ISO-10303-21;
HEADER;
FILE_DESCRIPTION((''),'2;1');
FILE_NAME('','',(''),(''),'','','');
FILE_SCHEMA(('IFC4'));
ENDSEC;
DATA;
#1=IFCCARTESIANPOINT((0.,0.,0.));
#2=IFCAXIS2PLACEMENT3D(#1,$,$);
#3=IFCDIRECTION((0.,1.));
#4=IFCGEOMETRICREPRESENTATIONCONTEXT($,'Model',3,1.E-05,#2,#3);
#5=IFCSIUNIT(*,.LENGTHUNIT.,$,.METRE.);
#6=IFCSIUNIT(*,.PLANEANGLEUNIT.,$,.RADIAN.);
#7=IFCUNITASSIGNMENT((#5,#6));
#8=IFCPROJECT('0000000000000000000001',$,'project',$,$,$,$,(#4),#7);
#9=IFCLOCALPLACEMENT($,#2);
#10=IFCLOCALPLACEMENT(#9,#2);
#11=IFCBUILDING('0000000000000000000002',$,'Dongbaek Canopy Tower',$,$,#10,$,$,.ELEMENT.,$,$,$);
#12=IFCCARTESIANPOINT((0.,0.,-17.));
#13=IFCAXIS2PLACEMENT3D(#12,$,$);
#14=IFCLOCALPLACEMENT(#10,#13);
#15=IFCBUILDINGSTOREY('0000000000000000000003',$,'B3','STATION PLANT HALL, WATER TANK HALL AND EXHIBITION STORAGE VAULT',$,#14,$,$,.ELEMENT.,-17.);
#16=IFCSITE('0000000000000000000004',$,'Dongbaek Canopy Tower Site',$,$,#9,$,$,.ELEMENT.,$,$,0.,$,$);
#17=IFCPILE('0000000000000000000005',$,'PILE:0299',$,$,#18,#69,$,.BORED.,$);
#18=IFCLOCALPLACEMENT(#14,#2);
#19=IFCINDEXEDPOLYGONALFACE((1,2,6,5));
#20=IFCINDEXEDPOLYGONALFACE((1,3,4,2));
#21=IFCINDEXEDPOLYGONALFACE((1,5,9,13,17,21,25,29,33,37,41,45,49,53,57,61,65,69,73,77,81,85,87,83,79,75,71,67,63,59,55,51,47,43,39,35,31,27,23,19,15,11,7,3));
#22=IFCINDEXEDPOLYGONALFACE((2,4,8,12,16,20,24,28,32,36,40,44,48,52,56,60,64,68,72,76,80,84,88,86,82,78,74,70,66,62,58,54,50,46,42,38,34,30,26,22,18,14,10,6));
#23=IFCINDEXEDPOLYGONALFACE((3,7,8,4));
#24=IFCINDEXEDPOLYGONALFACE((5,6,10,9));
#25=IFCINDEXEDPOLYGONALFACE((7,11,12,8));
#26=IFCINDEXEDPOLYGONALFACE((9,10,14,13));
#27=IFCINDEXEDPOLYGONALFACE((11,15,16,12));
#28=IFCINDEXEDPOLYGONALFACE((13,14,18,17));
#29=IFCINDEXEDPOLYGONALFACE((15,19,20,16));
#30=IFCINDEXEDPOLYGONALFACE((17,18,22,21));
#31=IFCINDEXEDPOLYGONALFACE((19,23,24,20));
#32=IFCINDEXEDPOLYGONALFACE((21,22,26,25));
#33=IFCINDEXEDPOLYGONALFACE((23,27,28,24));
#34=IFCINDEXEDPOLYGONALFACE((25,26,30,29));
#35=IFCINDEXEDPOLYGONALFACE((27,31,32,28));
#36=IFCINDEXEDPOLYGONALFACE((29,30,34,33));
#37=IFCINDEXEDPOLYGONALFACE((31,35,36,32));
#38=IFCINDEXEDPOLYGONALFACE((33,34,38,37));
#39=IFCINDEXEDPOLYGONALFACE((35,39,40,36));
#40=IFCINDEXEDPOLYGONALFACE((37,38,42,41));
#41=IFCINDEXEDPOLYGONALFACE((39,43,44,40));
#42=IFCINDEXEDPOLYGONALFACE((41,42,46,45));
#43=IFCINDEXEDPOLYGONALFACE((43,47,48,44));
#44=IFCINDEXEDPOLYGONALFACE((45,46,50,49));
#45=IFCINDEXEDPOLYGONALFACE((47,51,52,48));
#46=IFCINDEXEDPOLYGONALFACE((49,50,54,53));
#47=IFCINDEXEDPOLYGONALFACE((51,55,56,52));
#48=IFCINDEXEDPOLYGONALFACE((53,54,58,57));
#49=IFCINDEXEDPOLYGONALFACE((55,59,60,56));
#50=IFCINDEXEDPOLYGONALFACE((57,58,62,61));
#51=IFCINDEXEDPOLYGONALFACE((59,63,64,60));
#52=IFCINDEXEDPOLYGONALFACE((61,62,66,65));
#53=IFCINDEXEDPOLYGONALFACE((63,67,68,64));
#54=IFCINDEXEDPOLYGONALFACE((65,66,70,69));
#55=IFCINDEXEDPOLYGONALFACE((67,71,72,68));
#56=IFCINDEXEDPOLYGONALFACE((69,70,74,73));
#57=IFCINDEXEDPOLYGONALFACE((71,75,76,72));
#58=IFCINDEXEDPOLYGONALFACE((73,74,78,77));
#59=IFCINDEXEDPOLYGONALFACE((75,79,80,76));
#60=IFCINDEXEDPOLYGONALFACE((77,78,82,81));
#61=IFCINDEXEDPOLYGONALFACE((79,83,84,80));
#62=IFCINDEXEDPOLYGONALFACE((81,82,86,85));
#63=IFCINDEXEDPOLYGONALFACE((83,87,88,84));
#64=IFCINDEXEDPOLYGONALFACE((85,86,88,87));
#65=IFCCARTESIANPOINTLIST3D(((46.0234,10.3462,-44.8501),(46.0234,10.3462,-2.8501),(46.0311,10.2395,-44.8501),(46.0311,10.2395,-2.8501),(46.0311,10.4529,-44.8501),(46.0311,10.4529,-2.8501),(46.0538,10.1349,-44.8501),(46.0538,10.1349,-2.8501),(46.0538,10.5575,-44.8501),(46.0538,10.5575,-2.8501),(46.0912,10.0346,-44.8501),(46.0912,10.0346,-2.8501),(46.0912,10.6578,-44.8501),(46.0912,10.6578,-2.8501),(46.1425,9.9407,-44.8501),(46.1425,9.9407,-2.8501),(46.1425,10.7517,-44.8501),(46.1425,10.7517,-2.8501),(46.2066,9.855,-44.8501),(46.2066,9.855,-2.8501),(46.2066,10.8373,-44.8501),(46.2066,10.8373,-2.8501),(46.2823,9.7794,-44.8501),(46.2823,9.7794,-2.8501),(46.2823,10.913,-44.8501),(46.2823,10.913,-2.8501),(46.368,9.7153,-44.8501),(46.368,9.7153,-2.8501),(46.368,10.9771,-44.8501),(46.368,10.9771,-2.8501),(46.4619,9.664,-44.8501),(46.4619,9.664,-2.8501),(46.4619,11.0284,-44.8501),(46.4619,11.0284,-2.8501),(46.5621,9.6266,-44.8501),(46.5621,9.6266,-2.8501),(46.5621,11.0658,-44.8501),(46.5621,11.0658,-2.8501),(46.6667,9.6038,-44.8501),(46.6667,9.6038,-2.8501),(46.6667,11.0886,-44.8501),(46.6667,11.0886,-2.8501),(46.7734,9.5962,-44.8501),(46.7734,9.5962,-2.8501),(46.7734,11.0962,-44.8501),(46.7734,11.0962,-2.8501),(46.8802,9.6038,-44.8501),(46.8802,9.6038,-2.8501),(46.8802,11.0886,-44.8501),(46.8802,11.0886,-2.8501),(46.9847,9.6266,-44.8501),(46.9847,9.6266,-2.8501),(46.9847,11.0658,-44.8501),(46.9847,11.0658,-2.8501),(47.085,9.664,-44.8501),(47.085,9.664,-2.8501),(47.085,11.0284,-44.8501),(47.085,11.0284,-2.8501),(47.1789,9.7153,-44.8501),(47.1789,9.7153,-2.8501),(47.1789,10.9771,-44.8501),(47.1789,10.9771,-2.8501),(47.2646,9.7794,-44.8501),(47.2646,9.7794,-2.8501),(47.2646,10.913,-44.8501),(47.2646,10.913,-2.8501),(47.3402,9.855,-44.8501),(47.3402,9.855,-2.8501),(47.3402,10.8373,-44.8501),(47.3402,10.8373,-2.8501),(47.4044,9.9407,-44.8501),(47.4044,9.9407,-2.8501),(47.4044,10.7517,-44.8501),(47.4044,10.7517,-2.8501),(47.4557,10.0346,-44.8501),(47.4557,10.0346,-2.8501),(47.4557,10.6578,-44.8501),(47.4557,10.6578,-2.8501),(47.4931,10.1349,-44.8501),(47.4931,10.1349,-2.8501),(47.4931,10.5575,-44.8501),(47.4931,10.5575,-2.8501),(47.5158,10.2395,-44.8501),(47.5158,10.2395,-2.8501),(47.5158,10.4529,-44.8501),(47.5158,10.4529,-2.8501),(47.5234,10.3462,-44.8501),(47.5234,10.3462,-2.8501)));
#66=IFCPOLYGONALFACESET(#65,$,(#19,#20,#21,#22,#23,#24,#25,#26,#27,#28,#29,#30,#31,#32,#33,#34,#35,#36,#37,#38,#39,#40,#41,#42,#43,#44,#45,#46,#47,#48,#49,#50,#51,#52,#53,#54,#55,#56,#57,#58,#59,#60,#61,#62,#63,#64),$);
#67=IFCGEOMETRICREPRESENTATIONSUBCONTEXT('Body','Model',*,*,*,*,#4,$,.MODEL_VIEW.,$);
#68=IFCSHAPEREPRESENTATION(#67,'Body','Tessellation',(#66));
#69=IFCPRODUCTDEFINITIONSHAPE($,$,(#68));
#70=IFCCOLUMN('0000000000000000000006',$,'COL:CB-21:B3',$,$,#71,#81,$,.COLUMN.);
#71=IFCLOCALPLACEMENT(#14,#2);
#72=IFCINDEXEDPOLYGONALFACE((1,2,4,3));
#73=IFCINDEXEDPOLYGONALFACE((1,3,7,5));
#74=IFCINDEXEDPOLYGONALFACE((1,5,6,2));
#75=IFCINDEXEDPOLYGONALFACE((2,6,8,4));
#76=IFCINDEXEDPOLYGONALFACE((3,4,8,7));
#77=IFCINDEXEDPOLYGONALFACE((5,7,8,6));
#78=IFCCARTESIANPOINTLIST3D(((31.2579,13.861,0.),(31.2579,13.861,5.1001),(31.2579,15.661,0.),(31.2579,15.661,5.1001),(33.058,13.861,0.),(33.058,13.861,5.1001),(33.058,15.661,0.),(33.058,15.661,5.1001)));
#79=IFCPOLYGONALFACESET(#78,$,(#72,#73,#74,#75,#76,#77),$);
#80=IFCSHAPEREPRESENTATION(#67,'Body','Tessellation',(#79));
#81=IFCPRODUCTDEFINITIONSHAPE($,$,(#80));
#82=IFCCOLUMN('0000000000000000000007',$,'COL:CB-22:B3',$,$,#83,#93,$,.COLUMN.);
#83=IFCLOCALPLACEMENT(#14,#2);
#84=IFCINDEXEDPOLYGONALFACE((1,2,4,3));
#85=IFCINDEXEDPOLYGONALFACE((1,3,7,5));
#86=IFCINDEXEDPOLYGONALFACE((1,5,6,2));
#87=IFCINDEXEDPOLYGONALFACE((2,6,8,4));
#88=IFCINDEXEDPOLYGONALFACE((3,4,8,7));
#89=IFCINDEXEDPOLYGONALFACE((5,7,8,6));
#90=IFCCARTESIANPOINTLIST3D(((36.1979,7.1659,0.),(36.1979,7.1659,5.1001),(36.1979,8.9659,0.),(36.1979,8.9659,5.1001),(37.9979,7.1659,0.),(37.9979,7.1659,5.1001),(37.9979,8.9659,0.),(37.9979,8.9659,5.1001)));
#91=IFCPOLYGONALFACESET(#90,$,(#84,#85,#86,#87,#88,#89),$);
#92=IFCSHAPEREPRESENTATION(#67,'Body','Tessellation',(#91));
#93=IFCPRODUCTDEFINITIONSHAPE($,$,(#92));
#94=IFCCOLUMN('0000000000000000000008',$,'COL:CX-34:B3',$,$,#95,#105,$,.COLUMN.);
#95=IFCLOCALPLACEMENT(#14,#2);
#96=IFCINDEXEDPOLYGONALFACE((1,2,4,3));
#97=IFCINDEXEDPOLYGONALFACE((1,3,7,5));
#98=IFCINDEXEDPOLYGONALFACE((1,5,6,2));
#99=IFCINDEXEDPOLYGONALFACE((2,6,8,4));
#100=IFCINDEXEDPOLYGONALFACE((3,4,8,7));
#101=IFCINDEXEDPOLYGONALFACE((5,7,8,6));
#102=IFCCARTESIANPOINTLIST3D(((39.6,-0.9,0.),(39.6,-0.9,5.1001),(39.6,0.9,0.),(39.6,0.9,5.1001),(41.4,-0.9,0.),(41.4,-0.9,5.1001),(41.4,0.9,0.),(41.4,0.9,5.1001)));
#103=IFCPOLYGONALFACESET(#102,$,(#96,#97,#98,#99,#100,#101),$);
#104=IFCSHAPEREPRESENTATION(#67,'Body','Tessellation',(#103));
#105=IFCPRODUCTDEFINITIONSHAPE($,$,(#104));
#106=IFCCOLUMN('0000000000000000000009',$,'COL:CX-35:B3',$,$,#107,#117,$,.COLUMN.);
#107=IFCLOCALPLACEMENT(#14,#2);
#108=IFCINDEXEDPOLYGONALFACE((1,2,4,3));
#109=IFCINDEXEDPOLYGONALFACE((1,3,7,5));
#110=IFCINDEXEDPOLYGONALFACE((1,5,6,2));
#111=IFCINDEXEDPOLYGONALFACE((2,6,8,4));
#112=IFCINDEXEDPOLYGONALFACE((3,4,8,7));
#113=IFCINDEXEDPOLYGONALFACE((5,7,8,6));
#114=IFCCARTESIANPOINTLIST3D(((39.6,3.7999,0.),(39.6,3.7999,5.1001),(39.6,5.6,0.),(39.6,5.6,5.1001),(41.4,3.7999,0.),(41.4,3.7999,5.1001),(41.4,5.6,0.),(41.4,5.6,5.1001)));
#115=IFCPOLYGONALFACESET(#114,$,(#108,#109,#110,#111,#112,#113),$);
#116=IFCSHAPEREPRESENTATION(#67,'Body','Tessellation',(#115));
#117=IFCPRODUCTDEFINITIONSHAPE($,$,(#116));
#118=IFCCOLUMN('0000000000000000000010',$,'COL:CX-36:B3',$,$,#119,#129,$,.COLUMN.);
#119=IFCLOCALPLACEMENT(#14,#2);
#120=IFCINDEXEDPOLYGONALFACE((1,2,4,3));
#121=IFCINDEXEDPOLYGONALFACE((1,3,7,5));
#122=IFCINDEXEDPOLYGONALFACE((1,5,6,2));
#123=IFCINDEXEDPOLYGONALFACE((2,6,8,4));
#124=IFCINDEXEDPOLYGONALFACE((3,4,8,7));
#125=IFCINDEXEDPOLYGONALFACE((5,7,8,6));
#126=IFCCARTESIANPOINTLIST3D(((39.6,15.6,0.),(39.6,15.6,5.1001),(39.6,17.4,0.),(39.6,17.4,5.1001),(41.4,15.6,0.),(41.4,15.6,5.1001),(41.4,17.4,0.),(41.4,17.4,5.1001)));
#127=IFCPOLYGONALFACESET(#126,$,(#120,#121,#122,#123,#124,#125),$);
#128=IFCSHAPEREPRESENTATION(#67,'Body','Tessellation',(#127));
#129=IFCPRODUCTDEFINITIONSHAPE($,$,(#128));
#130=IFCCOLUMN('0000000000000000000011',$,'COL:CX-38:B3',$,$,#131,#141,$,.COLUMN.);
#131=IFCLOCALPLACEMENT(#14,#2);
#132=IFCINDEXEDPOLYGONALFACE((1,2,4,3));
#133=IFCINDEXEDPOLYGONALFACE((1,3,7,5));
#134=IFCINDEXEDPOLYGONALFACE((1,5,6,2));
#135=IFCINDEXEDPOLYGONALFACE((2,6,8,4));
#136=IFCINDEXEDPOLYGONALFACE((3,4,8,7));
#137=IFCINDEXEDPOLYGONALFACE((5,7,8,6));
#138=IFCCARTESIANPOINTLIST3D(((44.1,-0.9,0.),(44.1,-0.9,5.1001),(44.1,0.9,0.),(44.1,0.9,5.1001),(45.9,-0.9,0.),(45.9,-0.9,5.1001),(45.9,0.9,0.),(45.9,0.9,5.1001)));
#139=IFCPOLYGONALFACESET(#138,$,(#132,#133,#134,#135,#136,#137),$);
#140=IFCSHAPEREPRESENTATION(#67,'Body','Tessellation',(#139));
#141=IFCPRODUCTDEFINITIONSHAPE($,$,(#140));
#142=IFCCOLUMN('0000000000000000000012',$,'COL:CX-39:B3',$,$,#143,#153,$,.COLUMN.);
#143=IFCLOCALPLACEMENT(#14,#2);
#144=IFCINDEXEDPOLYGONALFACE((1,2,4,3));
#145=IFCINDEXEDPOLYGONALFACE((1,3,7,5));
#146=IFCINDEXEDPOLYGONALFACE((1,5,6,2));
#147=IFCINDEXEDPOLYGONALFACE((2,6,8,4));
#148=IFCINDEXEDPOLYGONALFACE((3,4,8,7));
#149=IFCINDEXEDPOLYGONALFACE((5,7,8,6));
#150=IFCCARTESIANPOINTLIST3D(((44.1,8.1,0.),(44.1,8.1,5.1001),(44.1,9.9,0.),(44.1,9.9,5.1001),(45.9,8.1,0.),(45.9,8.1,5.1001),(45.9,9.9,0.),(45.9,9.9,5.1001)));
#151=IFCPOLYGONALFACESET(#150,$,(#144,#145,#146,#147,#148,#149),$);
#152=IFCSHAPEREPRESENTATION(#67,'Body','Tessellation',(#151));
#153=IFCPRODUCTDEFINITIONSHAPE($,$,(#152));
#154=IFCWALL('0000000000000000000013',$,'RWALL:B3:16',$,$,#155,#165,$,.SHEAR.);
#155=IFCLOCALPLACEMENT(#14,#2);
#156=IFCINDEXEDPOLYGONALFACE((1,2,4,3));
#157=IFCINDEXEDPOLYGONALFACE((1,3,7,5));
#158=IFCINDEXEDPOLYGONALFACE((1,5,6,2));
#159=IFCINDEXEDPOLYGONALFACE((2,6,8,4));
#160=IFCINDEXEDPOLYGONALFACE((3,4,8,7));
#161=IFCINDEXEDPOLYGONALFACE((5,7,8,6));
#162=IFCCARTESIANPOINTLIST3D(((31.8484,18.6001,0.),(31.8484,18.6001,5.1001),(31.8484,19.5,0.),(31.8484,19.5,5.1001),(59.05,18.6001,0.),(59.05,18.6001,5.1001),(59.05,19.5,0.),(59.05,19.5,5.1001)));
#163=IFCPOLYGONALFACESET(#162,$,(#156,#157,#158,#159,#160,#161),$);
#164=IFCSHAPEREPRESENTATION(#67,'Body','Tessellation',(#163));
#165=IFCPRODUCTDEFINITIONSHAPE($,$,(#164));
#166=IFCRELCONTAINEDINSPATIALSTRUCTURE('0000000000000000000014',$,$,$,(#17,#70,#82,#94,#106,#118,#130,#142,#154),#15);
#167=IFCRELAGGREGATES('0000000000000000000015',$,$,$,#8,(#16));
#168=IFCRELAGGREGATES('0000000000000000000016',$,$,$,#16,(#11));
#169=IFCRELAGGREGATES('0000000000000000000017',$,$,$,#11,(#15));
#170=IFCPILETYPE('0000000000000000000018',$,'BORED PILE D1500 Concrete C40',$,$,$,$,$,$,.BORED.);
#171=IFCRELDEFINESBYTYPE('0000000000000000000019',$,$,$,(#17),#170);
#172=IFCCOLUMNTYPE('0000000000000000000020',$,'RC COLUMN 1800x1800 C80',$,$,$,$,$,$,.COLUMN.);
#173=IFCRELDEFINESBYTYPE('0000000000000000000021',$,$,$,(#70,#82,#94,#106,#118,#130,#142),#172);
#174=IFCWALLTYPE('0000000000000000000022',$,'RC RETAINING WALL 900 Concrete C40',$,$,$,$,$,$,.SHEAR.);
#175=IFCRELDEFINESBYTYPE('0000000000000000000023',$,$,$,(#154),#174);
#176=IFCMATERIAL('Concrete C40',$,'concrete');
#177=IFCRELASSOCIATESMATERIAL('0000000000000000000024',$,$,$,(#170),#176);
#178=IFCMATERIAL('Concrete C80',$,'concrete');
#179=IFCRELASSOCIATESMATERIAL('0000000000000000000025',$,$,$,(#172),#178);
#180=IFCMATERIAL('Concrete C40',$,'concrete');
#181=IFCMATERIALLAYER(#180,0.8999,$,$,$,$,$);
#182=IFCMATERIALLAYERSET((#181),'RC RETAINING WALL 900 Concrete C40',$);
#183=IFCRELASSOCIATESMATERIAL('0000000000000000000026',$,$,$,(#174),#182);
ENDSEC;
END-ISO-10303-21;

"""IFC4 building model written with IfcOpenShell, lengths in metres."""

from ifc_helpers import new_model, si_unit, direction, frame, frame_2d, origin, origin_2d, place, context, subcontext, project, spatial, rectangle, circle, extrude, material, layer, layer_set, material_profile, profile_set, type_object, element, save


model = new_model("IFC4")

# Units and contexts
model_context = context("Model", 3, precision=1e-05, world=origin(), true_north=direction((0.0, 1.0)))
body_context = subcontext(model_context, "Body", "Model", "MODEL_VIEW")
ifc_project = project(units=[si_unit("LENGTHUNIT", "METRE"), si_unit("PLANEANGLEUNIT", "RADIAN")], contexts=[model_context])

# Site, building, storey
site_placement = place(None, origin())
site = spatial("IfcSite", under=ifc_project, at=site_placement, Name="Dongbaek Canopy Tower Site", CompositionType="ELEMENT", RefElevation=0.0)
building_placement = place(site_placement, origin())
building = spatial("IfcBuilding", under=site, at=building_placement, Name="Dongbaek Canopy Tower", CompositionType="ELEMENT")
storey_placement = place(building_placement, frame((0.0, 0.0, -17.0)))
storey = spatial("IfcBuildingStorey", under=building, at=storey_placement, Name="B3", Description="STATION PLANT HALL, WATER TANK HALL AND EXHIBITION STORAGE VAULT", CompositionType="ELEMENT", Elevation=-17.0)

# Pile
ifc_material_1 = material(Name="Concrete C40", Category="concrete")
ifc_material_profile_1 = material_profile(ifc_material_1, circle(Radius=0.75, at=origin_2d()), Name="BORED PILE D1500 Concrete C40")
ifc_profile_set_1 = profile_set([ifc_material_profile_1], Name="Concrete C40")
pile_type = type_object("IfcPileType", Name="BORED PILE D1500 Concrete C40", PredefinedType="BORED", material=ifc_profile_set_1)
for number, where, z_axis, x_axis, name in (
    (1, (46.7734, 10.3462, -2.8501), (0.0, 0.0, -1.0), (1.0, 0.0, 0.0), "PILE:0299"),
):
    element("IfcPile", number, at=place(storey_placement, frame(where, z_axis=z_axis, x_axis=x_axis)), inside=storey, type_object=pile_type, Name=name, PredefinedType="BORED", context=body_context, shape_type="SweptSolid", body=[
        extrude(circle(Radius=0.75, at=origin_2d()), origin(), (0.0, 0.0, 1.0), 42.0),
    ])

# Columns
ifc_material_2 = material(Name="Concrete C80", Category="concrete")
ifc_material_profile_2 = material_profile(ifc_material_2, rectangle(XDim=1.8, YDim=1.8, at=origin_2d()), Name="RC COLUMN 1800x1800 C80")
ifc_profile_set_2 = profile_set([ifc_material_profile_2], Name="Concrete C80")
column_type = type_object("IfcColumnType", Name="RC COLUMN 1800x1800 C80", PredefinedType="COLUMN", material=ifc_profile_set_2)
for number, where, z_axis, x_axis, name in (
    (2, (32.158, 14.761, 0.0), (0.0, 0.0, 1.0), (1.0, 0.0, 0.0), "COL:CB-21:B3"),
    (3, (37.0979, 8.0659, 0.0), (0.0, 0.0, 1.0), (1.0, 0.0, 0.0), "COL:CB-22:B3"),
    (4, (40.5, 0.0, 0.0), (0.0, 0.0, 1.0), (1.0, 0.0, 0.0), "COL:CX-34:B3"),
    (5, (40.5, 4.7, 0.0), (0.0, 0.0, 1.0), (1.0, 0.0, 0.0), "COL:CX-35:B3"),
    (6, (40.5, 16.5, 0.0), (0.0, 0.0, 1.0), (1.0, 0.0, 0.0), "COL:CX-36:B3"),
    (7, (45.0, 0.0, 0.0), (0.0, 0.0, 1.0), (1.0, 0.0, 0.0), "COL:CX-38:B3"),
    (8, (45.0, 9.0, 0.0), (0.0, 0.0, 1.0), (1.0, 0.0, 0.0), "COL:CX-39:B3"),
):
    element("IfcColumn", number, at=place(storey_placement, frame(where, z_axis=z_axis, x_axis=x_axis)), inside=storey, type_object=column_type, Name=name, PredefinedType="COLUMN", context=body_context, shape_type="SweptSolid", body=[
        extrude(rectangle(XDim=1.8, YDim=1.8, at=origin_2d()), origin(), (0.0, 0.0, 1.0), 5.1001),
    ])

# Wall
ifc_material_3 = material(Name="Concrete C40", Category="concrete")
ifc_layer = layer(ifc_material_3, 0.8999)
ifc_layer_set = layer_set([ifc_layer], Name="RC RETAINING WALL 900 Concrete C40")
wall_type = type_object("IfcWallType", Name="RC RETAINING WALL 900 Concrete C40", PredefinedType="SHEAR", material=ifc_layer_set)
wall_placement = place(storey_placement, frame((31.8484, 19.05, 0.0), z_axis=(0.0, 0.0, 1.0), x_axis=(1.0, 0.0, 0.0)))
element("IfcWall", 9, at=wall_placement, inside=storey, type_object=wall_type, Name="RWALL:B3:16", PredefinedType="SHEAR", context=body_context, shape_type="SweptSolid", body=[
    extrude(rectangle(XDim=27.2017, YDim=0.8999, at=frame_2d((13.6008, 0.0))), origin(), (0.0, 0.0, 1.0), 5.1001),
])

save(model, "model.ifc")
